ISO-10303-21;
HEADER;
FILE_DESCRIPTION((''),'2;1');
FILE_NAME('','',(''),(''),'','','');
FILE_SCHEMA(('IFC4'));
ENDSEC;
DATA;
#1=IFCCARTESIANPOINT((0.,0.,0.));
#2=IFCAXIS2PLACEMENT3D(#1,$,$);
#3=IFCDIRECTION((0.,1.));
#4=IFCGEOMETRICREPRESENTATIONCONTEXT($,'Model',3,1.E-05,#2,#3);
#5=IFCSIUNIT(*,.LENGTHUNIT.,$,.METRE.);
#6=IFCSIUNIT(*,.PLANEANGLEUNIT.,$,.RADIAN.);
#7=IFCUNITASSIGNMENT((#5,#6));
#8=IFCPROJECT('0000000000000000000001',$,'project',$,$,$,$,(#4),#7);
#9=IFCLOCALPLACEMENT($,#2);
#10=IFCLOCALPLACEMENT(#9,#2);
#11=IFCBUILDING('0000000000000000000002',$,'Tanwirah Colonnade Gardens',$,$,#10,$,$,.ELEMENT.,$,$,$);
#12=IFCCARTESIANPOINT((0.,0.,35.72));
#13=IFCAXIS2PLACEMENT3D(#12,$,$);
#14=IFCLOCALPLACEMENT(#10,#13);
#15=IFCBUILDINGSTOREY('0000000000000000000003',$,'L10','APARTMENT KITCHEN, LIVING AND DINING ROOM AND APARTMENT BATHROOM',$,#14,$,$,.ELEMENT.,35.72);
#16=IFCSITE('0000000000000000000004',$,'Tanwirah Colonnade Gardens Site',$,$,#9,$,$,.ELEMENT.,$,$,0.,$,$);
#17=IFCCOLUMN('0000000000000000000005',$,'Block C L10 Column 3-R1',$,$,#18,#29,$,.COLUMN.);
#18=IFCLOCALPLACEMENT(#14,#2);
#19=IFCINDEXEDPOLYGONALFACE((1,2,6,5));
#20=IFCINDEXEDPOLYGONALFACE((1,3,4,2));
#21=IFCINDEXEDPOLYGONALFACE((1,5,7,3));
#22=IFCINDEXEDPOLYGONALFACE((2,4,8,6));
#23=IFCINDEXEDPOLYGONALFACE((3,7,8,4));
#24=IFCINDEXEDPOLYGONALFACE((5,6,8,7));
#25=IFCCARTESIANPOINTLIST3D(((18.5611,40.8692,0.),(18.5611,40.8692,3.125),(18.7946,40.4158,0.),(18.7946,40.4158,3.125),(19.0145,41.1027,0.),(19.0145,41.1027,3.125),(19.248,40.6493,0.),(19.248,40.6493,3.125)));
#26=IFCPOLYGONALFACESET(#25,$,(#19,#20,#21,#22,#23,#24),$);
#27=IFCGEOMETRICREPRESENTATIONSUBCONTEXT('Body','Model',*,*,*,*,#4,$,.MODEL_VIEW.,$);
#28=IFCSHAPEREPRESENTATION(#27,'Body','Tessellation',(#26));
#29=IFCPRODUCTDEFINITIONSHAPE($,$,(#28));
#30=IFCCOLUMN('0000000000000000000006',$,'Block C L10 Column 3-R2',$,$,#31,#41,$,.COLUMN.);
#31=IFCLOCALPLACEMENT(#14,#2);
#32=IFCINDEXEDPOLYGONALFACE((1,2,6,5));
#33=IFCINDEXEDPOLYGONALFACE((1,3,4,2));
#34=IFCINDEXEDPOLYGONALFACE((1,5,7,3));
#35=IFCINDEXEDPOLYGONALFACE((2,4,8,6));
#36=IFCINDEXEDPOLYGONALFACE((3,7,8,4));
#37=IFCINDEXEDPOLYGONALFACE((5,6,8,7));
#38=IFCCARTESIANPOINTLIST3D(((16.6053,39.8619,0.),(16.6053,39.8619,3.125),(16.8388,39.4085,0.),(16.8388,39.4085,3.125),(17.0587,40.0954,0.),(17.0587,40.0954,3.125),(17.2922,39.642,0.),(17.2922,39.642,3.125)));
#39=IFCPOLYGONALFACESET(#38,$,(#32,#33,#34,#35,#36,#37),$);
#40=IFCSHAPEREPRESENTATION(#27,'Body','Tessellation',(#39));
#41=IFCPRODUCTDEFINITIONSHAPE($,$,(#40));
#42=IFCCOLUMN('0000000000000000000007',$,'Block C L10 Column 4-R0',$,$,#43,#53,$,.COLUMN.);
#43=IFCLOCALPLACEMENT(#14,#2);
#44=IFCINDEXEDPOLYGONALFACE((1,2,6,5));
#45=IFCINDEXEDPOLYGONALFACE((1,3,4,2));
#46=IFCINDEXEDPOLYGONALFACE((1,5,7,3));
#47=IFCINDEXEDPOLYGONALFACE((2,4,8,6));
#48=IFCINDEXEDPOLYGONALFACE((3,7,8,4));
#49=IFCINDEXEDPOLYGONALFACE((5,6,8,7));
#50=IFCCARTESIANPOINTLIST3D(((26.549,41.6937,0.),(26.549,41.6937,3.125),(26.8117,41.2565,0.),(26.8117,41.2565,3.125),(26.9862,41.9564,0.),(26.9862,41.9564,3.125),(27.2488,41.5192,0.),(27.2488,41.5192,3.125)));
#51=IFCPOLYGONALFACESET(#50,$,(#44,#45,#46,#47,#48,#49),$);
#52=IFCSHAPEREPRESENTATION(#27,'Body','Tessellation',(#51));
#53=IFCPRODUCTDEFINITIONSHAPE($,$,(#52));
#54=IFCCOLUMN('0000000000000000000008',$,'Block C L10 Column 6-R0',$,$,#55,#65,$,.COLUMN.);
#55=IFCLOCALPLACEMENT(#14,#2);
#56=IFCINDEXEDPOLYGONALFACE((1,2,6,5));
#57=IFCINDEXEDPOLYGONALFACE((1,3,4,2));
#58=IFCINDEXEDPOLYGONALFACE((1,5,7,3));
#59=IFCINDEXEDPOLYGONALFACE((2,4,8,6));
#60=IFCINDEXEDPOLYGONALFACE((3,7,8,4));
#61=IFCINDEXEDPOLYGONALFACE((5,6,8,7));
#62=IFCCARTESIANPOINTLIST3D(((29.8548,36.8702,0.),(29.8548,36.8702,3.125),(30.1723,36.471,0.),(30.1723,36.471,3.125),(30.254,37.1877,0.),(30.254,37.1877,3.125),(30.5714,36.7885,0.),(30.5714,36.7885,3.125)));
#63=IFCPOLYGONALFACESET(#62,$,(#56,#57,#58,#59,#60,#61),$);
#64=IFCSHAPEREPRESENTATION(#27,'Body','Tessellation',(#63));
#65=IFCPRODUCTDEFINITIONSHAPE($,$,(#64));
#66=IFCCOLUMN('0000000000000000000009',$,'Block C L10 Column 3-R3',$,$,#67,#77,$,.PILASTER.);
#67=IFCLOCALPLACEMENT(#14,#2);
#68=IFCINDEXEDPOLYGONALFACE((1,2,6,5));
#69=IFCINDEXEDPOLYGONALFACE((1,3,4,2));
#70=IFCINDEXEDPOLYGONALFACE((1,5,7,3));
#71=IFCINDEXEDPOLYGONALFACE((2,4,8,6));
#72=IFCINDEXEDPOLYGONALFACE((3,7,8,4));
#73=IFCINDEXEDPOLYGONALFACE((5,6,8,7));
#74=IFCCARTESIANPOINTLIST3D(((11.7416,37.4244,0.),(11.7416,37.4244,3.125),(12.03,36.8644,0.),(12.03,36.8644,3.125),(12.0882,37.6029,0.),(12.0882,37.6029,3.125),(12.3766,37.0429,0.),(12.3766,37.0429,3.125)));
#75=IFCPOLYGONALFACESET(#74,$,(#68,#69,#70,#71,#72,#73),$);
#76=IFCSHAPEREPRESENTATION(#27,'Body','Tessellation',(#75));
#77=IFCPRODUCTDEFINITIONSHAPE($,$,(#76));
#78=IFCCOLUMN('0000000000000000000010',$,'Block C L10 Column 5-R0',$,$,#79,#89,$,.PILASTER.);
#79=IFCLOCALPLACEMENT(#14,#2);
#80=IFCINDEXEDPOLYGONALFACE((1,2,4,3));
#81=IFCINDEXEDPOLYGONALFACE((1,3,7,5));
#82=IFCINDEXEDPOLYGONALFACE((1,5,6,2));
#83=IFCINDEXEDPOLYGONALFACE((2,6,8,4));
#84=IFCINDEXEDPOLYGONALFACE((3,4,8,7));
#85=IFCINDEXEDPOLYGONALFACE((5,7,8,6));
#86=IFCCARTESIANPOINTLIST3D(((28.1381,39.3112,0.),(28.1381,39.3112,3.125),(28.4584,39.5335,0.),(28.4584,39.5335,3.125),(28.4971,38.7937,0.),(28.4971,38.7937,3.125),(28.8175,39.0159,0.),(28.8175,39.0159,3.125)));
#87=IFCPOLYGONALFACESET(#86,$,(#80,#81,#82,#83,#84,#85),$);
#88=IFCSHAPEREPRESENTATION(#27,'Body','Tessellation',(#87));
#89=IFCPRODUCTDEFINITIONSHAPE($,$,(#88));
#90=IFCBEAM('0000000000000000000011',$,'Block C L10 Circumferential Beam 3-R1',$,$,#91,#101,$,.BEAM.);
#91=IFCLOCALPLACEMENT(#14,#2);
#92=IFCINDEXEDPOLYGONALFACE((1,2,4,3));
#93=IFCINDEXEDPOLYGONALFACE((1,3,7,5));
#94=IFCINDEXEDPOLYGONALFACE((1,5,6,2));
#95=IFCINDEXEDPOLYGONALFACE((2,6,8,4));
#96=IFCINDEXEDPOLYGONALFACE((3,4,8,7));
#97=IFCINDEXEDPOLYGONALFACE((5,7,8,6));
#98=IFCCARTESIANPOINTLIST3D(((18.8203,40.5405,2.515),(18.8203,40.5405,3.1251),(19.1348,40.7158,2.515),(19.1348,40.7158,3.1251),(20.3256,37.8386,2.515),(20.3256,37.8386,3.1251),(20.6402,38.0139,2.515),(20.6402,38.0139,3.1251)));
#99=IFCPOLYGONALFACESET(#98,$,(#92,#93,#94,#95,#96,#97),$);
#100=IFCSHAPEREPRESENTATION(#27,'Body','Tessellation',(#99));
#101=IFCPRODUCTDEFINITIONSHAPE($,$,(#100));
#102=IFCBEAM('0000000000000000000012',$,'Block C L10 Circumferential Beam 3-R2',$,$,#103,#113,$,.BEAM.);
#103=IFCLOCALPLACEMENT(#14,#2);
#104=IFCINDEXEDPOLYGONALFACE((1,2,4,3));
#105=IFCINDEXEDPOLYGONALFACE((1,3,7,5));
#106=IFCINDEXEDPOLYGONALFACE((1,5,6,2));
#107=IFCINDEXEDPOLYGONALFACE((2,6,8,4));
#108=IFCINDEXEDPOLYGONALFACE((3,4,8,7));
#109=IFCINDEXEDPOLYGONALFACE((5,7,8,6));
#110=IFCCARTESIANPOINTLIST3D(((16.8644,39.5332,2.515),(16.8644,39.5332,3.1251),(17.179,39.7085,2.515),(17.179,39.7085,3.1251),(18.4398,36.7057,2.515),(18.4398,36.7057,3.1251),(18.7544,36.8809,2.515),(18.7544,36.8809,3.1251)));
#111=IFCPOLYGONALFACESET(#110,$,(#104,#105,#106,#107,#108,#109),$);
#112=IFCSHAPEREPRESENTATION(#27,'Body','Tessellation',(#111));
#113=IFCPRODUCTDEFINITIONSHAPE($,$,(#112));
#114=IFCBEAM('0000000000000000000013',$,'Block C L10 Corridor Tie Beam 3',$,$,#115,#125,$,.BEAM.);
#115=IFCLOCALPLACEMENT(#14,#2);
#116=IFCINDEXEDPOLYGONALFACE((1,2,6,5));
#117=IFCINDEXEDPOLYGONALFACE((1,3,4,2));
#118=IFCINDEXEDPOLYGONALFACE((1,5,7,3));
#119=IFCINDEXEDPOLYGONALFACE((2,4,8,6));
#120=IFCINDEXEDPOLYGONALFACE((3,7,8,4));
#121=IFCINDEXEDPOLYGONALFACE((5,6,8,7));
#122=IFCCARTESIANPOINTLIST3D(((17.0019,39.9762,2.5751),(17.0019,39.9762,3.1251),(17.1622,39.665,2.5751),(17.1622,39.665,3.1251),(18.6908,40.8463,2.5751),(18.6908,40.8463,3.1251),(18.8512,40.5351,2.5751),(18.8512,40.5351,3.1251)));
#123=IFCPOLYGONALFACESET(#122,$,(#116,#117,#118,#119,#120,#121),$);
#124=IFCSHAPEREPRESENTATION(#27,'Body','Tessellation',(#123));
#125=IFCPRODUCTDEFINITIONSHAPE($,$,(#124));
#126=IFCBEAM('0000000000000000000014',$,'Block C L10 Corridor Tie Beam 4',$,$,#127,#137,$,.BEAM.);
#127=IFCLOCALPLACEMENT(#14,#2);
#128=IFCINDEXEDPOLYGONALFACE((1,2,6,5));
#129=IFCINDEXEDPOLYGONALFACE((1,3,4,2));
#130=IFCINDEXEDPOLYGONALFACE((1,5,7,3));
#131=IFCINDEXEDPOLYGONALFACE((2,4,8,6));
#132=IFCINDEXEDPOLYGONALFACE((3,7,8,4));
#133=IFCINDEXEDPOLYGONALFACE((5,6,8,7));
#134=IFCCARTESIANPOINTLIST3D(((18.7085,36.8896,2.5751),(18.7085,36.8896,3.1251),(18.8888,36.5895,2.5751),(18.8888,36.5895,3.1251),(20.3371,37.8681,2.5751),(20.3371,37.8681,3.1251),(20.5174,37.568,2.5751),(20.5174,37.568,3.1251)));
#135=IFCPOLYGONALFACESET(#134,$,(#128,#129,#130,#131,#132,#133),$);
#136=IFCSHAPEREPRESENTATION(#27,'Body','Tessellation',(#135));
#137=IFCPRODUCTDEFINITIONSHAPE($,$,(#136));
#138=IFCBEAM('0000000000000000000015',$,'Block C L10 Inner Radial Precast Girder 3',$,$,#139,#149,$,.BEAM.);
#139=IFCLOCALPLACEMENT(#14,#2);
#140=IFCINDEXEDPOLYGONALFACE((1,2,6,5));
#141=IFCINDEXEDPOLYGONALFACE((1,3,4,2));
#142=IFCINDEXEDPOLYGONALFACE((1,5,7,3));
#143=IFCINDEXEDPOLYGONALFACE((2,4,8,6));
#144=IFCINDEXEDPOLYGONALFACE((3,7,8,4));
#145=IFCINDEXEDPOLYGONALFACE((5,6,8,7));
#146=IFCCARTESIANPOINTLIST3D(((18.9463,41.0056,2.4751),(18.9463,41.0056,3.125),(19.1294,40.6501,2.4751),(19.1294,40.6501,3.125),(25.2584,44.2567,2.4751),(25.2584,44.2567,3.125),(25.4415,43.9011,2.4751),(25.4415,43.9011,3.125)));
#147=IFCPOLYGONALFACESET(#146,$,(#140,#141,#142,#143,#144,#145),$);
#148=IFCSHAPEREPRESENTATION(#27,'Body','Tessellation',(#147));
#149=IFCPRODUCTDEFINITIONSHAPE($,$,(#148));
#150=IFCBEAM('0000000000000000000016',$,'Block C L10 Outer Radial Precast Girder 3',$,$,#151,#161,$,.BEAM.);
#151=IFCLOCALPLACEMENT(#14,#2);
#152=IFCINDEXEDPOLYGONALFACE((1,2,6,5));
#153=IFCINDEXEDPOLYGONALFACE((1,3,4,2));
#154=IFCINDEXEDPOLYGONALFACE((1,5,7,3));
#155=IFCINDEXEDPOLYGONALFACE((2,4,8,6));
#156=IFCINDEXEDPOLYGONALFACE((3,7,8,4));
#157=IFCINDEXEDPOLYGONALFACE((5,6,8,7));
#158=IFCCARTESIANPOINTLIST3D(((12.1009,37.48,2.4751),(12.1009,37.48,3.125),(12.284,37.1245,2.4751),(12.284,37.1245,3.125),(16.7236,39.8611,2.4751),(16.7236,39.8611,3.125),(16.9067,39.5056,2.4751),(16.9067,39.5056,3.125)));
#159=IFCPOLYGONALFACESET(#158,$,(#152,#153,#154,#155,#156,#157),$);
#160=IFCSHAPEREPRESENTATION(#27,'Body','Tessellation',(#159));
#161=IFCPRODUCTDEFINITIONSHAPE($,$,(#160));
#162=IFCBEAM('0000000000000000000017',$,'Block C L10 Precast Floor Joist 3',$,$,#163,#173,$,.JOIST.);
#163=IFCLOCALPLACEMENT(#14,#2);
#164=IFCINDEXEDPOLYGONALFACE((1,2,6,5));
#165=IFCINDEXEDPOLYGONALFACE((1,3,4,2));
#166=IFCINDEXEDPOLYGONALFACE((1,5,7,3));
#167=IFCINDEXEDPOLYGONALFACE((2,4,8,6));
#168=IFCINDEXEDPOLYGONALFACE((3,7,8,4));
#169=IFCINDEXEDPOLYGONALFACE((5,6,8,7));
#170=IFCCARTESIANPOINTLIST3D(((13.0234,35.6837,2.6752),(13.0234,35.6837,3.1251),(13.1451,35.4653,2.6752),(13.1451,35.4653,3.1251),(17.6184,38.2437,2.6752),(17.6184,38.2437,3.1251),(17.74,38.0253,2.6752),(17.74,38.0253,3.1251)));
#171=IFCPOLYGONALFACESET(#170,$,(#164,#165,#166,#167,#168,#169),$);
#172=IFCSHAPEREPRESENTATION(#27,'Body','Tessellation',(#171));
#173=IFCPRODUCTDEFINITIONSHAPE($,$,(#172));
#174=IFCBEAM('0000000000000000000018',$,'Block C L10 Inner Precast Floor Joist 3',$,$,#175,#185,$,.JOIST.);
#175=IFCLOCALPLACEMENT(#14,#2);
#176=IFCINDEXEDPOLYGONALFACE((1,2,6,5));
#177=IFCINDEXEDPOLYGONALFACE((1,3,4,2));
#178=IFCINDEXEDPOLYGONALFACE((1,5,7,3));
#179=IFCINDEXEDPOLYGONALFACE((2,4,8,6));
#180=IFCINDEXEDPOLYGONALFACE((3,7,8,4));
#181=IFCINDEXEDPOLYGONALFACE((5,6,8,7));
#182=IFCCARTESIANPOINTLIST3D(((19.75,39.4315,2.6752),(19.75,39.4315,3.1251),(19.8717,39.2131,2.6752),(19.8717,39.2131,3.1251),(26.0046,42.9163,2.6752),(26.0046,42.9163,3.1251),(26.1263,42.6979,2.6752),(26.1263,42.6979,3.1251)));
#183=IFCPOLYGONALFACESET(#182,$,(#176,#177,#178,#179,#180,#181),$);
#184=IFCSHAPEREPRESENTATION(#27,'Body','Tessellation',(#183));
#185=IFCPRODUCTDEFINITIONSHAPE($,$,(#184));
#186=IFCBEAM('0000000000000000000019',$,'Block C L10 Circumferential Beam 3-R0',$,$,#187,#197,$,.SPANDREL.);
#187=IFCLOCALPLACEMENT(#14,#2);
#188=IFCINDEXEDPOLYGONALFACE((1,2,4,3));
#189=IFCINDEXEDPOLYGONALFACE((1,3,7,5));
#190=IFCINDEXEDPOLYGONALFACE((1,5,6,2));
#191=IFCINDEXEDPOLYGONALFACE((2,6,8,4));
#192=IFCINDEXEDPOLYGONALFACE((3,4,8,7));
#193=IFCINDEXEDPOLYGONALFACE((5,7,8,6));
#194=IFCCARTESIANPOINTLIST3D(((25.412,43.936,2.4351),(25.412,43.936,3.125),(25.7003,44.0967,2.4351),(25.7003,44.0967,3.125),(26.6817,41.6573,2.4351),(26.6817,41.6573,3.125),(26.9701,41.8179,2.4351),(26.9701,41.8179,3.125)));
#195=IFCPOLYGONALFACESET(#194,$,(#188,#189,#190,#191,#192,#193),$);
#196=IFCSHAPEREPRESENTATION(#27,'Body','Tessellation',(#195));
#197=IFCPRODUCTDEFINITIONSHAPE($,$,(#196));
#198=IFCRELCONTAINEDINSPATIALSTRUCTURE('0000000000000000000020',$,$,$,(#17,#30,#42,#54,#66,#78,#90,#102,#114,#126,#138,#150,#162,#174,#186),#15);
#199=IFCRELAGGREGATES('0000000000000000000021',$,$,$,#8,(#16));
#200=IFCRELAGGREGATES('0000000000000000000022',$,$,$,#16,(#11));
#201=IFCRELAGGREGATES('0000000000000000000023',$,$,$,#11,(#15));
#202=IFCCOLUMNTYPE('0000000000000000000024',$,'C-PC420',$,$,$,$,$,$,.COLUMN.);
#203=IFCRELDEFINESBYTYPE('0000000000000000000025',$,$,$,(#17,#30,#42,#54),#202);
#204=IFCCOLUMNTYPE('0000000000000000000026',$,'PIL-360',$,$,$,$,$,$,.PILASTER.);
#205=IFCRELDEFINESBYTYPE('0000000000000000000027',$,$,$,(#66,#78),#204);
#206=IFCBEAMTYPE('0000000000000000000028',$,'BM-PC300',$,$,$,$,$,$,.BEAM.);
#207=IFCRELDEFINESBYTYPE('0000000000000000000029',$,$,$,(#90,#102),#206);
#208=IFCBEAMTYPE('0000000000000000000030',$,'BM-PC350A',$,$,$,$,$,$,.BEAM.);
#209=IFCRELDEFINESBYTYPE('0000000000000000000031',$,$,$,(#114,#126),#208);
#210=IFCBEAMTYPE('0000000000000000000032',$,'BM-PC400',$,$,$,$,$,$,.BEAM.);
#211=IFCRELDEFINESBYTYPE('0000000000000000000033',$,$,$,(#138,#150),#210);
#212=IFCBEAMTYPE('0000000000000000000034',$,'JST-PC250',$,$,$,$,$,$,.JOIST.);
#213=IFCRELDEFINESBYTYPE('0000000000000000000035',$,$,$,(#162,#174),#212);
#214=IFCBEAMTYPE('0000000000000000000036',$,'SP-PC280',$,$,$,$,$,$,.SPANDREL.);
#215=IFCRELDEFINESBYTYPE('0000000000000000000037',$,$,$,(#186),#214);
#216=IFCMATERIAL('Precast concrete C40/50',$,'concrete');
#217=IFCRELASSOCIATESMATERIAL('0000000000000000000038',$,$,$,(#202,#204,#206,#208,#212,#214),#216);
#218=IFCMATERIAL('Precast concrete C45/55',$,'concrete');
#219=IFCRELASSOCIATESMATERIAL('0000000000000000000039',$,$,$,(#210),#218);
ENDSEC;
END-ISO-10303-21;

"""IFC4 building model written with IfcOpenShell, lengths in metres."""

from ifc_helpers import new_model, si_unit, direction, frame, origin, origin_2d, place, context, subcontext, project, spatial, rectangle, extrude, material, material_profile, profile_set, type_object, element, save


model = new_model("IFC4")

# Units and contexts
model_context = context("Model", 3, precision=1e-05, world=origin(), true_north=direction((0.0, 1.0)))
body_context = subcontext(model_context, "Body", "Model", "MODEL_VIEW")
ifc_project = project(units=[si_unit("LENGTHUNIT", "METRE"), si_unit("PLANEANGLEUNIT", "RADIAN")], contexts=[model_context])

# Site, building, storey
site_placement = place(None, origin())
site = spatial("IfcSite", under=ifc_project, at=site_placement, Name="Tanwirah Colonnade Gardens Site", CompositionType="ELEMENT", RefElevation=0.0)
building_placement = place(site_placement, origin())
building = spatial("IfcBuilding", under=site, at=building_placement, Name="Tanwirah Colonnade Gardens", CompositionType="ELEMENT")
storey_placement = place(building_placement, frame((0.0, 0.0, 35.72)))
storey = spatial("IfcBuildingStorey", under=building, at=storey_placement, Name="L10", Description="APARTMENT KITCHEN, LIVING AND DINING ROOM AND APARTMENT BATHROOM", CompositionType="ELEMENT", Elevation=35.72)

# Columns
ifc_material_1 = material(Name="Precast concrete C40/50", Category="concrete")
ifc_material_profile_1 = material_profile(ifc_material_1, rectangle(XDim=0.51, YDim=0.51, at=origin_2d()), Name="PC-COL 510x510")
ifc_profile_set_1 = profile_set([ifc_material_profile_1], Name="Precast concrete C40/50")
column_type_1 = type_object("IfcColumnType", Name="C-PC420", PredefinedType="COLUMN", material=ifc_profile_set_1)
for number, where, z_axis, x_axis, name in (
    (1, (18.9045, 40.7593, 0.0), (0.0, 0.0, 1.0), (-0.889017, -0.457874, 0.0), "Block C L10 Column 3-R1"),
    (2, (16.9487, 39.752, 0.0), (0.0, 0.0, 1.0), (-0.889017, -0.457874, 0.0), "Block C L10 Column 3-R2"),
    (3, (26.8989, 41.6064, 0.0), (0.0, 0.0, 1.0), (-0.857167, -0.515038, 0.0), "Block C L10 Column 4-R0"),
    (4, (30.2131, 36.8293, 0.0), (0.0, 0.0, 1.0), (-0.782608, -0.622515, 0.0), "Block C L10 Column 6-R0"),
):
    element("IfcColumn", number, at=place(storey_placement, frame(where, z_axis=z_axis, x_axis=x_axis)), inside=storey, type_object=column_type_1, Name=name, PredefinedType="COLUMN", context=body_context, shape_type="SweptSolid", body=[
        extrude(rectangle(XDim=0.51, YDim=0.51, at=origin_2d()), origin(), (0.0, 0.0, 1.0), 3.125),
    ])
ifc_material_profile_2 = material_profile(ifc_material_1, rectangle(XDim=0.3899, YDim=0.6299, at=origin_2d()), Name="PC-PIL 390x630")
ifc_profile_set_2 = profile_set([ifc_material_profile_2], Name="Precast concrete C40/50")
column_type_2 = type_object("IfcColumnType", Name="PIL-360", PredefinedType="PILASTER", material=ifc_profile_set_2)
for number, where, z_axis, x_axis, name in (
    (5, (12.0591, 37.2336, 0.0), (0.0, 0.0, 1.0), (-0.889017, -0.457874, 0.0), "Block C L10 Column 3-R3"),
    (6, (28.4778, 39.1636, 0.0), (0.0, 0.0, 1.0), (-0.821647, -0.569997, 0.0), "Block C L10 Column 5-R0"),
):
    element("IfcColumn", number, at=place(storey_placement, frame(where, z_axis=z_axis, x_axis=x_axis)), inside=storey, type_object=column_type_2, Name=name, PredefinedType="PILASTER", context=body_context, shape_type="SweptSolid", body=[
        extrude(rectangle(XDim=0.3899, YDim=0.6299, at=origin_2d()), origin(), (0.0, 0.0, 1.0), 3.125),
    ])

# Beams
ifc_material_profile_3 = material_profile(ifc_material_1, rectangle(XDim=0.3601, YDim=0.6101, at=origin_2d()), Name="PC-BM 360x610")
ifc_profile_set_3 = profile_set([ifc_material_profile_3], Name="Precast concrete C40/50")
beam_type_1 = type_object("IfcBeamType", Name="BM-PC300", PredefinedType="BEAM", material=ifc_profile_set_3)
beam_1_placement = place(storey_placement, frame((18.9775, 40.6282, 2.8201), z_axis=(0.486708, -0.873565, 0.0), x_axis=(0.873565, 0.486708, 0.0)))
element("IfcBeam", 7, at=beam_1_placement, inside=storey, type_object=beam_type_1, Name="Block C L10 Circumferential Beam 3-R1", PredefinedType="BEAM", context=body_context, shape_type="SweptSolid", body=[
    extrude(rectangle(XDim=0.3601, YDim=0.6101, at=origin_2d()), origin(), (0.0, 0.0, 1.0), 3.093),
])
beam_2_placement = place(storey_placement, frame((17.0217, 39.6208, 2.8201), z_axis=(0.486712, -0.873562, 0.0), x_axis=(0.873562, 0.486712, 0.0)))
element("IfcBeam", 8, at=beam_2_placement, inside=storey, type_object=beam_type_1, Name="Block C L10 Circumferential Beam 3-R2", PredefinedType="BEAM", context=body_context, shape_type="SweptSolid", body=[
    extrude(rectangle(XDim=0.3601, YDim=0.6101, at=origin_2d()), origin(), (0.0, 0.0, 1.0), 3.2368),
])
ifc_material_profile_4 = material_profile(ifc_material_1, rectangle(XDim=0.3501, YDim=0.55, at=origin_2d()), Name="PC-BM 350x550")
ifc_profile_set_4 = profile_set([ifc_material_profile_4], Name="Precast concrete C40/50")
beam_type_2 = type_object("IfcBeamType", Name="BM-PC350A", PredefinedType="BEAM", material=ifc_profile_set_4)
for number, where, z_axis, x_axis, name in (
    (9, (18.771, 40.6907, 2.8501), (-0.888965, -0.457975, 0.0), (0.457975, -0.888965, 0.0), "Block C L10 Corridor Tie Beam 3"),
    (10, (20.4272, 37.718, 2.8501), (-0.857187, -0.515006, 0.0), (0.515006, -0.857187, 0.0), "Block C L10 Corridor Tie Beam 4"),
):
    element("IfcBeam", number, at=place(storey_placement, frame(where, z_axis=z_axis, x_axis=x_axis)), inside=storey, type_object=beam_type_2, Name=name, PredefinedType="BEAM", context=body_context, shape_type="SweptSolid", body=[
        extrude(rectangle(XDim=0.3501, YDim=0.55, at=origin_2d()), origin(), (0.0, 0.0, 1.0), 1.8999),
    ])
ifc_material_2 = material(Name="Precast concrete C45/55", Category="concrete")
ifc_material_profile_5 = material_profile(ifc_material_2, rectangle(XDim=0.3999, YDim=0.6499, at=origin_2d()), Name="PC-BM 400x650")
ifc_profile_set_5 = profile_set([ifc_material_profile_5], Name="Precast concrete C45/55")
beam_type_3 = type_object("IfcBeamType", Name="BM-PC400", PredefinedType="BEAM", material=ifc_profile_set_5)
beam_3_placement = place(storey_placement, frame((19.0378, 40.8279, 2.8), z_axis=(0.889013, 0.457882, 0.0), x_axis=(-0.457882, 0.889013, 0.0)))
element("IfcBeam", 11, at=beam_3_placement, inside=storey, type_object=beam_type_3, Name="Block C L10 Inner Radial Precast Girder 3", PredefinedType="BEAM", context=body_context, shape_type="SweptSolid", body=[
    extrude(rectangle(XDim=0.3999, YDim=0.6499, at=origin_2d()), origin(), (0.0, 0.0, 1.0), 7.1001),
])
beam_4_placement = place(storey_placement, frame((16.8152, 39.6833, 2.8), z_axis=(-0.889001, -0.457905, 0.0), x_axis=(0.457905, -0.889001, 0.0)))
element("IfcBeam", 12, at=beam_4_placement, inside=storey, type_object=beam_type_3, Name="Block C L10 Outer Radial Precast Girder 3", PredefinedType="BEAM", context=body_context, shape_type="SweptSolid", body=[
    extrude(rectangle(XDim=0.3999, YDim=0.6499, at=origin_2d()), origin(), (0.0, 0.0, 1.0), 5.2),
])
ifc_material_profile_6 = material_profile(ifc_material_1, rectangle(XDim=0.25, YDim=0.45, at=origin_2d()), Name="PC-JST 250x450")
ifc_profile_set_6 = profile_set([ifc_material_profile_6], Name="Precast concrete C40/50")
beam_type_4 = type_object("IfcBeamType", Name="JST-PC250", PredefinedType="JOIST", material=ifc_profile_set_6)
beam_5_placement = place(storey_placement, frame((17.6792, 38.1345, 2.9001), z_axis=(-0.873568, -0.486703, 0.0), x_axis=(0.486703, -0.873568, 0.0)))
element("IfcBeam", 13, at=beam_5_placement, inside=storey, type_object=beam_type_4, Name="Block C L10 Precast Floor Joist 3", PredefinedType="JOIST", context=body_context, shape_type="SweptSolid", body=[
    extrude(rectangle(XDim=0.25, YDim=0.45, at=origin_2d()), origin(), (0.0, 0.0, 1.0), 5.26),
])
beam_6_placement = place(storey_placement, frame((26.0654, 42.8071, 2.9001), z_axis=(-0.87356, -0.486717, 0.0), x_axis=(0.486717, -0.87356, 0.0)))
element("IfcBeam", 14, at=beam_6_placement, inside=storey, type_object=beam_type_4, Name="Block C L10 Inner Precast Floor Joist 3", PredefinedType="JOIST", context=body_context, shape_type="SweptSolid", body=[
    extrude(rectangle(XDim=0.25, YDim=0.45, at=origin_2d()), origin(), (0.0, 0.0, 1.0), 7.1599),
])
ifc_material_profile_7 = material_profile(ifc_material_1, rectangle(XDim=0.3301, YDim=0.6899, at=origin_2d()), Name="PC-SP 330x690")
ifc_profile_set_7 = profile_set([ifc_material_profile_7], Name="Precast concrete C40/50")
beam_type_5 = type_object("IfcBeamType", Name="SP-PC280", PredefinedType="SPANDREL", material=ifc_profile_set_7)
beam_7_placement = place(storey_placement, frame((25.5562, 44.0164, 2.78), z_axis=(0.486747, -0.873543, 0.0), x_axis=(0.873543, 0.486747, 0.0)))
element("IfcBeam", 15, at=beam_7_placement, inside=storey, type_object=beam_type_5, Name="Block C L10 Circumferential Beam 3-R0", PredefinedType="SPANDREL", context=body_context, shape_type="SweptSolid", body=[
    extrude(rectangle(XDim=0.3301, YDim=0.6899, at=origin_2d()), origin(), (0.0, 0.0, 1.0), 2.6086),
])

save(model, "model.ifc")
